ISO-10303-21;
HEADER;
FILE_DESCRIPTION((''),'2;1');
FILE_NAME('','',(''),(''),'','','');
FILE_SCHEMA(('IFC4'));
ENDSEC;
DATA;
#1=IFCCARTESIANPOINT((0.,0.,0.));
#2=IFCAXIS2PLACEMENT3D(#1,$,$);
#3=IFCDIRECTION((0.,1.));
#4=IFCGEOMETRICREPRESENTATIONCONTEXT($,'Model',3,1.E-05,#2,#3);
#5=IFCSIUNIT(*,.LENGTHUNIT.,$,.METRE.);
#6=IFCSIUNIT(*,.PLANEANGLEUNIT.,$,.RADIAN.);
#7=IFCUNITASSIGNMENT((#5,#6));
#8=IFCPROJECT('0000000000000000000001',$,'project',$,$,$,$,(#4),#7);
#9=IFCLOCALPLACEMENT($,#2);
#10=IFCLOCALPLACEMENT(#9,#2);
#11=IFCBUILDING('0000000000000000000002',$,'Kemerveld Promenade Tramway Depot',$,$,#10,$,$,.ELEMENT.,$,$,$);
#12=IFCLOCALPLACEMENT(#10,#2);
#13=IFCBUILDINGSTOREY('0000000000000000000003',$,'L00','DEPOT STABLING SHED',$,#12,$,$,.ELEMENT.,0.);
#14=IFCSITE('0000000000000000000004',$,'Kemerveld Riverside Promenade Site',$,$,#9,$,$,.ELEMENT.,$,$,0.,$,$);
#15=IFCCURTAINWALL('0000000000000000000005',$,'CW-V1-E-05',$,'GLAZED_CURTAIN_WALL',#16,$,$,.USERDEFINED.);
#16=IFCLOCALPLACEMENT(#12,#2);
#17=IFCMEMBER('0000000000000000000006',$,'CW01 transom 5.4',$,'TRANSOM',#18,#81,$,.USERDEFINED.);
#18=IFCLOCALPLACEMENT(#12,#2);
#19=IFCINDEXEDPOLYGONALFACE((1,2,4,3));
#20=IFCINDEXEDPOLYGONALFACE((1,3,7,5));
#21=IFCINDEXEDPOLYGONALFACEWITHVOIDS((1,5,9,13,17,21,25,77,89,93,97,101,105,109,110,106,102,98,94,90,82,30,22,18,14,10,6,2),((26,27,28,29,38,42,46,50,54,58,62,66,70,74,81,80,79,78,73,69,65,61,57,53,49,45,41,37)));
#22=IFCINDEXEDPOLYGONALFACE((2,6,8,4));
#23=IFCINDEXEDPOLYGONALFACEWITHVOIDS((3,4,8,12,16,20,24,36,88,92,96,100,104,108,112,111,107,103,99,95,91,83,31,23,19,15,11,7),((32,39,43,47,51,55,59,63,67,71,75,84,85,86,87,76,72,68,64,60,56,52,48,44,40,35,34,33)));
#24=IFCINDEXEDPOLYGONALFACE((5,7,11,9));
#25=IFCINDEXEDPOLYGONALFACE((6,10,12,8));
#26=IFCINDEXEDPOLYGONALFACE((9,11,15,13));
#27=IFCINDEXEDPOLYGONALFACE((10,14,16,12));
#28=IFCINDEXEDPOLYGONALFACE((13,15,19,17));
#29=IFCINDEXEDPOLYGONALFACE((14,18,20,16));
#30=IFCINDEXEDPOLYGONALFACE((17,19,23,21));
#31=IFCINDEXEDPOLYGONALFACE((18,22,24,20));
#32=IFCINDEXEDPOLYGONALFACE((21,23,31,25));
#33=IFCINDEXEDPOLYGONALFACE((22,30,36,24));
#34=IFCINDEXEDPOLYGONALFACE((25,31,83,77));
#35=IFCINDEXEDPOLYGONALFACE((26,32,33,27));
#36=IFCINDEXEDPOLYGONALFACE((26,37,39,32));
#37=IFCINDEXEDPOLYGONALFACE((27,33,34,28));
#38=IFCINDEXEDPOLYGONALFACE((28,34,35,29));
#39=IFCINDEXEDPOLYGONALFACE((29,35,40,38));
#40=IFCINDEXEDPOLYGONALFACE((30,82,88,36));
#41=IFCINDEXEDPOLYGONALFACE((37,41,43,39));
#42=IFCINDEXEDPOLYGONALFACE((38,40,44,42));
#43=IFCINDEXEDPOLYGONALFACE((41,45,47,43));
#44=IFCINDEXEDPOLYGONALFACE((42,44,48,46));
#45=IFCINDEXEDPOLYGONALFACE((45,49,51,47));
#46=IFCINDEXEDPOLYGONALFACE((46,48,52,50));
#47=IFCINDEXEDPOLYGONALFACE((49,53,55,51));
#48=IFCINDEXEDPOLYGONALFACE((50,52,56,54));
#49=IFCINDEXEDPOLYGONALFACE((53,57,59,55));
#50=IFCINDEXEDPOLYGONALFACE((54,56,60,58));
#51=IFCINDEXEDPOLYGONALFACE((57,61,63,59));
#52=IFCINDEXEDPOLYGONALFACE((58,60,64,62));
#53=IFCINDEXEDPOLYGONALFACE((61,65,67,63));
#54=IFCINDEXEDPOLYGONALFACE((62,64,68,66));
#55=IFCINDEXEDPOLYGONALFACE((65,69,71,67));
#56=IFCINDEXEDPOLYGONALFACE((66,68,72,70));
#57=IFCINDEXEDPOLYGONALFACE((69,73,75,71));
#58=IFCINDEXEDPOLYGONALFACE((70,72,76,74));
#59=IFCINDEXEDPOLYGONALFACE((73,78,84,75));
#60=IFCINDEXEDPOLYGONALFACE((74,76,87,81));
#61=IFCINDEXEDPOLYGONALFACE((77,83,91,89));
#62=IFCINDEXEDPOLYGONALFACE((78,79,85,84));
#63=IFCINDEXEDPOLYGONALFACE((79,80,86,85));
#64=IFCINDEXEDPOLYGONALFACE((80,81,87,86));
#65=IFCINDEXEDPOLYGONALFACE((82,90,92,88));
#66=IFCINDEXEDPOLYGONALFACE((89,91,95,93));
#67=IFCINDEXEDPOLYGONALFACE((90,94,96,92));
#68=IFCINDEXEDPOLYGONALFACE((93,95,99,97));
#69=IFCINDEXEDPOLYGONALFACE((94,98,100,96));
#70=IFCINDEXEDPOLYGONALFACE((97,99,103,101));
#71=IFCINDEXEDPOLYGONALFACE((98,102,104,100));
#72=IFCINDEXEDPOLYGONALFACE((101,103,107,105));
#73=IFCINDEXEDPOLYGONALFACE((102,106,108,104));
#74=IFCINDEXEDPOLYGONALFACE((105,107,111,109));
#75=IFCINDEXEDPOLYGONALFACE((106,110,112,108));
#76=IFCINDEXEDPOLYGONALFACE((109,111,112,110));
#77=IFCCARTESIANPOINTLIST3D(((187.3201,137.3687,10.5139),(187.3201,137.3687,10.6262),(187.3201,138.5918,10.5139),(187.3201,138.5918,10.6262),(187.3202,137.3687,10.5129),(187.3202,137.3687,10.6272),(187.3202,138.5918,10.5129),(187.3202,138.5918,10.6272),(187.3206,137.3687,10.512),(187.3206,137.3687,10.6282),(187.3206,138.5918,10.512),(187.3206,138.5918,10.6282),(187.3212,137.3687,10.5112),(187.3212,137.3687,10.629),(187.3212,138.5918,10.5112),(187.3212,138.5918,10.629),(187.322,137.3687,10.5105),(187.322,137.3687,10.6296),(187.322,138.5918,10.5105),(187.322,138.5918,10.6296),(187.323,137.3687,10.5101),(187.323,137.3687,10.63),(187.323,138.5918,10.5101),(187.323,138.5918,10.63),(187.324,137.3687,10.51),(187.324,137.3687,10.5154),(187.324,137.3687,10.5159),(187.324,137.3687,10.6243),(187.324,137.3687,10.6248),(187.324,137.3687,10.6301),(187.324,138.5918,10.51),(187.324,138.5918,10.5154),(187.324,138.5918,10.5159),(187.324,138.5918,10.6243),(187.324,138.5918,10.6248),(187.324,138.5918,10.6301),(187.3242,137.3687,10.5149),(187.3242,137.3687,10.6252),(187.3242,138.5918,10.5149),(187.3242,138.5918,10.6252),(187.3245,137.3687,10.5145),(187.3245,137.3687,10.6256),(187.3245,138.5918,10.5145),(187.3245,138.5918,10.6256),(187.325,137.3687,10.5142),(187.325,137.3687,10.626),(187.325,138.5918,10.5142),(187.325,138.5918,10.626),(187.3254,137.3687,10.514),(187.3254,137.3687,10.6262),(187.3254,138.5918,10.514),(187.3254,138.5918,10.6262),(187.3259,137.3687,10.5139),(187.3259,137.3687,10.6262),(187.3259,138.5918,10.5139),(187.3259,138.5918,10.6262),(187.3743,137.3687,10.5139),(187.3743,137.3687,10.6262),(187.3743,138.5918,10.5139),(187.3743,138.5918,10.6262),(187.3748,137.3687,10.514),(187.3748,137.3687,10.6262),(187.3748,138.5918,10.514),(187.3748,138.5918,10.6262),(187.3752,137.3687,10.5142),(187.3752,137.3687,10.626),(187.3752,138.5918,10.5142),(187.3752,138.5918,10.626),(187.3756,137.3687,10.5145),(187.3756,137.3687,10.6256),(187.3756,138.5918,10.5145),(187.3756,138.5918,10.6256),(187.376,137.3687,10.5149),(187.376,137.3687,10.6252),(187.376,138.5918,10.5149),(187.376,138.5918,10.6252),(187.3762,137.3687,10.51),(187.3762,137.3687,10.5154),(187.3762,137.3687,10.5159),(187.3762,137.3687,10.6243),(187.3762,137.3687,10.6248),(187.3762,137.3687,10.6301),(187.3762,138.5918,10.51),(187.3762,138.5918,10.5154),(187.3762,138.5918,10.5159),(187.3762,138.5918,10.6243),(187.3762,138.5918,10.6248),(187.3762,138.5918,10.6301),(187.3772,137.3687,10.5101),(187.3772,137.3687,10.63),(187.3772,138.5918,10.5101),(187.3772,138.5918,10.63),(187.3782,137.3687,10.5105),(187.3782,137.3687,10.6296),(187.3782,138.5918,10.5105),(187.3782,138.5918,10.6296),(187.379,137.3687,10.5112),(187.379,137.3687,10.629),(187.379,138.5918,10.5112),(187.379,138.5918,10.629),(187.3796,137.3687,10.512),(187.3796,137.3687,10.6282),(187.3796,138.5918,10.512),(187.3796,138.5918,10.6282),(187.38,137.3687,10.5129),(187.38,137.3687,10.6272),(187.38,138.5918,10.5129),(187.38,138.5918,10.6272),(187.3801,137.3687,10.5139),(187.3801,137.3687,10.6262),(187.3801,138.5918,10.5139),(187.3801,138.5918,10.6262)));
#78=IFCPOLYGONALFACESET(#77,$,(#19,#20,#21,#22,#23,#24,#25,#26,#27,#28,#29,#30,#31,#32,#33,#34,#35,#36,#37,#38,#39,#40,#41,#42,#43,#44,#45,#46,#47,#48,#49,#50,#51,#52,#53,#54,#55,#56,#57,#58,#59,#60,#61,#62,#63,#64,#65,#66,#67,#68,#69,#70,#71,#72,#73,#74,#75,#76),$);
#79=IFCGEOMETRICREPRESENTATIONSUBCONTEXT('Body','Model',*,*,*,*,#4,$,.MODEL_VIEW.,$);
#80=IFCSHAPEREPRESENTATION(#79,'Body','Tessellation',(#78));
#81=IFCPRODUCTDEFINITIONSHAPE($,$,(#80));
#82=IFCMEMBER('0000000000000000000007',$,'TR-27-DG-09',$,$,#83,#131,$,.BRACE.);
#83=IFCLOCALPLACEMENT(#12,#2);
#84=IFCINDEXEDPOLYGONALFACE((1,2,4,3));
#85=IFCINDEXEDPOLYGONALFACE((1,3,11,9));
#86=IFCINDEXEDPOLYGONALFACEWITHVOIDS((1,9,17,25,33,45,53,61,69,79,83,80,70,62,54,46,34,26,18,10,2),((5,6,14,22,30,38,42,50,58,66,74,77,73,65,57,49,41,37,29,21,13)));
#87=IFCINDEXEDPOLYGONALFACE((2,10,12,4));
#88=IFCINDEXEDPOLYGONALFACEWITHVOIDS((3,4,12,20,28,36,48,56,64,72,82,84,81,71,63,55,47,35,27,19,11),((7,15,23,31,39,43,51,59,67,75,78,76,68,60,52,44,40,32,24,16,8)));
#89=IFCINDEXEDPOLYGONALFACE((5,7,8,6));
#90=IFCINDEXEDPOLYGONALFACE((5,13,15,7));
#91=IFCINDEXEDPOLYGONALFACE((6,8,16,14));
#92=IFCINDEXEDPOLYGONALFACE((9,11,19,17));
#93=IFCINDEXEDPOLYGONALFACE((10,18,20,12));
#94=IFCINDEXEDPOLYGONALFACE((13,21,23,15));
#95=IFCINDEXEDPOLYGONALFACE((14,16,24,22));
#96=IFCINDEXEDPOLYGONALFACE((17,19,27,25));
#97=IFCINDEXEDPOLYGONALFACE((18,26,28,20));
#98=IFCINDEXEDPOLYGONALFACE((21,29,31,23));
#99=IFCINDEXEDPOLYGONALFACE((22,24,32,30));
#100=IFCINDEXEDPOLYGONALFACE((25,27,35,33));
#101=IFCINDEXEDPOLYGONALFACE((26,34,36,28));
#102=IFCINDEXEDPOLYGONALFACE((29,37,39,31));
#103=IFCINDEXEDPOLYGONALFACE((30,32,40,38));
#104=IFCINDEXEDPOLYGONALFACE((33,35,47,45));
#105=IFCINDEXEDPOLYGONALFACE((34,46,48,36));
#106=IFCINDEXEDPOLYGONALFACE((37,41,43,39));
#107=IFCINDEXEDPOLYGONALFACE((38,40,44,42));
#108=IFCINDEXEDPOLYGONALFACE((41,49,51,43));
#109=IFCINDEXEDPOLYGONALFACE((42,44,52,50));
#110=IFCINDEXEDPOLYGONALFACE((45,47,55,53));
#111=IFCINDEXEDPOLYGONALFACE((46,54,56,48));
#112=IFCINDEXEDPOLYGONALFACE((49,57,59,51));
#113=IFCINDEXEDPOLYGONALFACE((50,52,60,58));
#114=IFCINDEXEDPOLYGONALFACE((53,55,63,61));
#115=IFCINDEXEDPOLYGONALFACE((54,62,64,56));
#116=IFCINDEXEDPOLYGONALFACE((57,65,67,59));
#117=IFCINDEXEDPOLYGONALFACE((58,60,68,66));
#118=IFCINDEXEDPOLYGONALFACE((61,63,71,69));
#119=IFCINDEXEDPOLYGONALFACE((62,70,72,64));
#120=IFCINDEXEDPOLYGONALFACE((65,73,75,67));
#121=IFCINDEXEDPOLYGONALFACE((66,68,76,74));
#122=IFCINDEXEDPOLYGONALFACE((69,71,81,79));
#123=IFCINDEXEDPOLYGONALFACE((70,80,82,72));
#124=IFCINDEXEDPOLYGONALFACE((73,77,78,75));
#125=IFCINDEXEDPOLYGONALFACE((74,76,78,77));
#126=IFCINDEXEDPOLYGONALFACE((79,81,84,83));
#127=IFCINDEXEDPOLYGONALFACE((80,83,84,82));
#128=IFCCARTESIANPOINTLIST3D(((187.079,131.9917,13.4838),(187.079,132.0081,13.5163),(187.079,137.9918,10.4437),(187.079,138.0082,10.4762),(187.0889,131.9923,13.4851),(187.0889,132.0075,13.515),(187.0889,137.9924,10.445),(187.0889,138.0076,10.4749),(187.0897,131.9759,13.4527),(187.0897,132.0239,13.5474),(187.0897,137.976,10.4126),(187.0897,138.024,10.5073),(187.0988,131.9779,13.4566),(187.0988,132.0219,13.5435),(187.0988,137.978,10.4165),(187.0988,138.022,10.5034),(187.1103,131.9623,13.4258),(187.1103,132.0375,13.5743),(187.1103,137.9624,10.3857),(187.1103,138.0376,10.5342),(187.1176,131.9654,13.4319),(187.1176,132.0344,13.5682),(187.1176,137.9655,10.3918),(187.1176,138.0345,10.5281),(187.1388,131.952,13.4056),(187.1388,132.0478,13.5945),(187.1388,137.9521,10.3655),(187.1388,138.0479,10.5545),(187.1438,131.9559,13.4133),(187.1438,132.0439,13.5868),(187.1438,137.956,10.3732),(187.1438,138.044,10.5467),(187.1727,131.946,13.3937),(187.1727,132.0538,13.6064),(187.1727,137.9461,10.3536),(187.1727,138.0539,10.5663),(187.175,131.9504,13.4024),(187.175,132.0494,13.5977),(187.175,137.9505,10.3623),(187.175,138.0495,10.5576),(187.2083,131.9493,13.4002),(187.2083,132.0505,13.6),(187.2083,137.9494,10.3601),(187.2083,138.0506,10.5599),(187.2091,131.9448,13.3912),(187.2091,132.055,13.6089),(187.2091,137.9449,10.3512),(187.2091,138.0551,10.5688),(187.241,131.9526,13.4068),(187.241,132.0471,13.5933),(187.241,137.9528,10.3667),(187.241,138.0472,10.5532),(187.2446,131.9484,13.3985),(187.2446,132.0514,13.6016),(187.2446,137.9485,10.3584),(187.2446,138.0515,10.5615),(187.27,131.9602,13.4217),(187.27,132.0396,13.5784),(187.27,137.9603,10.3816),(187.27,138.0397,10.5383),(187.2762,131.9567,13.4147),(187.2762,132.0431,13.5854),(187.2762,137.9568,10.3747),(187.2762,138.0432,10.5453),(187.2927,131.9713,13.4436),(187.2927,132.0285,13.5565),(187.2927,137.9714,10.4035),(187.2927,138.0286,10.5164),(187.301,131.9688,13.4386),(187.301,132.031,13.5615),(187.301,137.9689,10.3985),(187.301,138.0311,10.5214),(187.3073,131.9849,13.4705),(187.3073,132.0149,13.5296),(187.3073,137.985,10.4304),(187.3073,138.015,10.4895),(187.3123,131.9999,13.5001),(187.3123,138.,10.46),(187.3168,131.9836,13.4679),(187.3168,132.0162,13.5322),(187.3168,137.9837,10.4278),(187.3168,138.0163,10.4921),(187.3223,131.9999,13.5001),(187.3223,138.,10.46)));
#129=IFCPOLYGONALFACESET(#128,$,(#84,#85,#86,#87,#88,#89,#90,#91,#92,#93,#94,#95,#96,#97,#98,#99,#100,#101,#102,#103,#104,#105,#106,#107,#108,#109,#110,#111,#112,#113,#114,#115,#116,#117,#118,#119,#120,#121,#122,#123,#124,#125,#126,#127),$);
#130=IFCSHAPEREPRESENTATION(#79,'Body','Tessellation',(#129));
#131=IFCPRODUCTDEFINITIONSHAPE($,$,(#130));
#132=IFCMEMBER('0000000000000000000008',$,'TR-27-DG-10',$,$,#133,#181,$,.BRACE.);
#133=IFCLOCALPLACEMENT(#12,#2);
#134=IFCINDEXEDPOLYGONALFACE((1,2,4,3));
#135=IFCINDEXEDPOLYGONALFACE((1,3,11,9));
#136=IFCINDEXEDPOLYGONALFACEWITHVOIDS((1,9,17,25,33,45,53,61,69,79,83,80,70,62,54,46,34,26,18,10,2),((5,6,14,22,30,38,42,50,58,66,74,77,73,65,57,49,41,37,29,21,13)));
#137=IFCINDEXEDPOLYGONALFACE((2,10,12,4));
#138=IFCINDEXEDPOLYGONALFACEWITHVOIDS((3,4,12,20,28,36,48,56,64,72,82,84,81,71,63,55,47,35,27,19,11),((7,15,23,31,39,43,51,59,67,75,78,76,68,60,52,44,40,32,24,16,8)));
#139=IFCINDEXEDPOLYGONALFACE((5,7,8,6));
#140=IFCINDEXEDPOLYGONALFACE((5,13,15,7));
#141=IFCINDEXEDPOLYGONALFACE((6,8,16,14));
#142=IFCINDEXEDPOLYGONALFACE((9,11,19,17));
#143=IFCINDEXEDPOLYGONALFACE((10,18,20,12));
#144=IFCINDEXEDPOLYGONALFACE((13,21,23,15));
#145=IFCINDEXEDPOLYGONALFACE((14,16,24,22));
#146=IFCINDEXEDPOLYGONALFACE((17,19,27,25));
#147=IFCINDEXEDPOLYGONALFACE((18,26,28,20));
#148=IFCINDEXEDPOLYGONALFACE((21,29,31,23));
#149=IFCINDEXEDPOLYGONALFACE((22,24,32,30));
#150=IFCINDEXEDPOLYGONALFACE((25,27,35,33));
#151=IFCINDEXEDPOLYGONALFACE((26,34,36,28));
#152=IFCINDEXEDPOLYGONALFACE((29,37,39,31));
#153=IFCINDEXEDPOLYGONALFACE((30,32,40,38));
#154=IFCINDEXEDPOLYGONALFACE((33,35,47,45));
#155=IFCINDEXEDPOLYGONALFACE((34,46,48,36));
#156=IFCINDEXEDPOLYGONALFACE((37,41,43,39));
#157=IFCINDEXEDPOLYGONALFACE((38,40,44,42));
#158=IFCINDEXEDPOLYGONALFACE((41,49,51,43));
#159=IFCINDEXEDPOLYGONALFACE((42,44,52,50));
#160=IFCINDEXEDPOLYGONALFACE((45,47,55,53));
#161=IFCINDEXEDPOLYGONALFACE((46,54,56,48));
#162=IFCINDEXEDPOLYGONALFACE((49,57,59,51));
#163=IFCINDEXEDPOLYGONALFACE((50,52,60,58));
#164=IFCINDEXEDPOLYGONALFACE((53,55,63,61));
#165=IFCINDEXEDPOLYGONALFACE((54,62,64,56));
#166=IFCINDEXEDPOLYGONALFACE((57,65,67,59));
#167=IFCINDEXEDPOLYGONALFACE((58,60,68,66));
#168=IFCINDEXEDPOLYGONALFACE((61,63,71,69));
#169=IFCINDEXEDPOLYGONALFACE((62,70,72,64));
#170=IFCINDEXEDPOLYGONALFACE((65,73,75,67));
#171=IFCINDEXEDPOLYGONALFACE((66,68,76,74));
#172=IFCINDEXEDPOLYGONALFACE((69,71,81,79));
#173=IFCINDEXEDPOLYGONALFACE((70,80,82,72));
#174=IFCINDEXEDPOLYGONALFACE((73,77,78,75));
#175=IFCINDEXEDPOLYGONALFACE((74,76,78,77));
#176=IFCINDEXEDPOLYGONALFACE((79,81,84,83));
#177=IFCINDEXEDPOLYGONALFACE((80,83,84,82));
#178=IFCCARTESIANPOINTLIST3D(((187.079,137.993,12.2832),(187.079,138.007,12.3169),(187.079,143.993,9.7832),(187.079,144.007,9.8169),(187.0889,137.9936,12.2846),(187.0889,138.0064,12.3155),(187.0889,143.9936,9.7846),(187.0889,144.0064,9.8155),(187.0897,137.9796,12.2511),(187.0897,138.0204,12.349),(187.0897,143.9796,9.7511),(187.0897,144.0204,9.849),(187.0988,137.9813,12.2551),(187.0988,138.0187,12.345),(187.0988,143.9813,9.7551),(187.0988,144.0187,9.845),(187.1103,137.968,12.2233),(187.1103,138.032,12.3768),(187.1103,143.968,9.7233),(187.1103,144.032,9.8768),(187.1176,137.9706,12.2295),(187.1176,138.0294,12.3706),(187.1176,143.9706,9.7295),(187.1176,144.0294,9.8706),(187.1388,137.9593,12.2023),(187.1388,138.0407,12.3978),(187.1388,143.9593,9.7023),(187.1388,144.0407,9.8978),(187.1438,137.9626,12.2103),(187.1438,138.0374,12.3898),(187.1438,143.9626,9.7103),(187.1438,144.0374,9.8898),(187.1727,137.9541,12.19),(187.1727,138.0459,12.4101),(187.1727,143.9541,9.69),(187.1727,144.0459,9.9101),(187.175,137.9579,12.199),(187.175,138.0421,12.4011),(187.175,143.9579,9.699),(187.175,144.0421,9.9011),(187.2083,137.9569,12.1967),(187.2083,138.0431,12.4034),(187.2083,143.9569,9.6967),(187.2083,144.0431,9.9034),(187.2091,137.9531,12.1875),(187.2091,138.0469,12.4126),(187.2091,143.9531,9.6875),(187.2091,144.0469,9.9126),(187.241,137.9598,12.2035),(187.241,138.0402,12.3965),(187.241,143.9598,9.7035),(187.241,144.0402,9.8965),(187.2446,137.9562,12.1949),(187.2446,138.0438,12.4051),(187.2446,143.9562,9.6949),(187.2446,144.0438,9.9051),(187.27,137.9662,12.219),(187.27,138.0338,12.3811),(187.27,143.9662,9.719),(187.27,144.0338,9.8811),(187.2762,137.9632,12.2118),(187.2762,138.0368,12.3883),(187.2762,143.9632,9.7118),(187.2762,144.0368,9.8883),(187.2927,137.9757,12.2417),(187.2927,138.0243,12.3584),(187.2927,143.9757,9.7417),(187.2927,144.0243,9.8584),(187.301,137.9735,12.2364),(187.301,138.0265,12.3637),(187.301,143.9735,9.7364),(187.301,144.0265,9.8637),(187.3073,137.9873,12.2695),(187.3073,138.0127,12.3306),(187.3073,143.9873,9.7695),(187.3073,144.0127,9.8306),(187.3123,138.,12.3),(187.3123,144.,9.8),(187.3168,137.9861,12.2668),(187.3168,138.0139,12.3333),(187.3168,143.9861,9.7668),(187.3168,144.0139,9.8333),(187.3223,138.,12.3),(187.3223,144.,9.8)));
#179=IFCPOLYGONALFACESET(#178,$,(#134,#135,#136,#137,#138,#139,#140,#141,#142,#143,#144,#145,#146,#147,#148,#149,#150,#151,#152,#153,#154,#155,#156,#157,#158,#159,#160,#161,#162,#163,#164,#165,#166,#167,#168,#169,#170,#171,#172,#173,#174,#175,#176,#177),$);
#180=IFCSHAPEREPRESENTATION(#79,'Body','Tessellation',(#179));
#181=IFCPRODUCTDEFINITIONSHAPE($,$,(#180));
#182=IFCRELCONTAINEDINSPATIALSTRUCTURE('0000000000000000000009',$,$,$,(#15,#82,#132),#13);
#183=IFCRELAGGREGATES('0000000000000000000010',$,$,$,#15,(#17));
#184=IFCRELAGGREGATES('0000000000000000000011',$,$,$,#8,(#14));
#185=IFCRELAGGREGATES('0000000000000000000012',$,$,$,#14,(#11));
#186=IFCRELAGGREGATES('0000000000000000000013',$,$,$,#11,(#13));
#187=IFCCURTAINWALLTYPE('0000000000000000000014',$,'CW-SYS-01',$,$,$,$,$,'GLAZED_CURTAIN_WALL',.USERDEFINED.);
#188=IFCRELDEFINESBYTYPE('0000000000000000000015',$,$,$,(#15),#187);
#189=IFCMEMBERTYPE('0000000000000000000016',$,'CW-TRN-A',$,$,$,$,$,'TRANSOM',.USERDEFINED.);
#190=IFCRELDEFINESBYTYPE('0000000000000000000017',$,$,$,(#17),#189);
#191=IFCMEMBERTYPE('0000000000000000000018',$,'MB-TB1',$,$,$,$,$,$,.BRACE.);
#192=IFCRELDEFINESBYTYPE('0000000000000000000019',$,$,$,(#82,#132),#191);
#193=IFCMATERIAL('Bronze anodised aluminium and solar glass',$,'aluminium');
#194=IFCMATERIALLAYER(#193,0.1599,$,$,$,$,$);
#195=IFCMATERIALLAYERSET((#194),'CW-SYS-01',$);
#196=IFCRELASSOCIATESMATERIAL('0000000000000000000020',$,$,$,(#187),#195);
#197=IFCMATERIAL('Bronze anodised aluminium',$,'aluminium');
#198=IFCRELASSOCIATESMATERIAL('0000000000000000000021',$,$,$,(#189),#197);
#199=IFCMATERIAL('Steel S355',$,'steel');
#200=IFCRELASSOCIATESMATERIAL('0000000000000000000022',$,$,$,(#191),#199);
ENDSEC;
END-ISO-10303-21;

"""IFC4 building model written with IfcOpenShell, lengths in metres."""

from ifc_helpers import new_model, si_unit, direction, frame, origin, origin_2d, place, context, subcontext, project, spatial, hollow_rectangle, hollow_circle, extrude, material, layer, layer_set, material_profile, profile_set, type_object, element, aggregate, save


model = new_model("IFC4")

# Units and contexts
model_context = context("Model", 3, precision=1e-05, world=origin(), true_north=direction((0.0, 1.0)))
body_context = subcontext(model_context, "Body", "Model", "MODEL_VIEW")
ifc_project = project(units=[si_unit("LENGTHUNIT", "METRE"), si_unit("PLANEANGLEUNIT", "RADIAN")], contexts=[model_context])

# Site, building, storey
site_placement = place(None, origin())
site = spatial("IfcSite", under=ifc_project, at=site_placement, Name="Kemerveld Riverside Promenade Site", CompositionType="ELEMENT", RefElevation=0.0)
building_placement = place(site_placement, origin())
building = spatial("IfcBuilding", under=site, at=building_placement, Name="Kemerveld Promenade Tramway Depot", CompositionType="ELEMENT")
storey_placement = place(building_placement, origin())
storey = spatial("IfcBuildingStorey", under=building, at=storey_placement, Name="L00", Description="DEPOT STABLING SHED", CompositionType="ELEMENT", Elevation=0.0)

# Curtain wall, member
ifc_material_1 = material(Name="Bronze anodised aluminium and solar glass", Category="aluminium")
ifc_layer_1 = layer(ifc_material_1, 0.1599)
ifc_layer_set_1 = layer_set([ifc_layer_1], Name="CW-SYS-01")
curtain_wall_type_1 = type_object("IfcCurtainWallType", Name="CW-SYS-01", ElementType="GLAZED_CURTAIN_WALL", PredefinedType="USERDEFINED", material=ifc_layer_set_1)
curtain_wall_1_placement = place(storey_placement, origin())
curtain_wall_1 = element("IfcCurtainWall", 1, at=curtain_wall_1_placement, inside=storey, type_object=curtain_wall_type_1, Name="CW-V1-E-05", ObjectType="GLAZED_CURTAIN_WALL", PredefinedType="USERDEFINED")
ifc_material_2 = material(Name="Bronze anodised aluminium", Category="aluminium")
ifc_material_profile_1 = material_profile(ifc_material_2, hollow_rectangle(XDim=0.0601, YDim=0.1201, WallThickness=0.0039, InnerFilletRadius=0.002, OuterFilletRadius=0.0039, at=origin_2d()), Name="CW-TRN-120x60")
ifc_profile_set_1 = profile_set([ifc_material_profile_1], Name="Bronze anodised aluminium")
member_type_1 = type_object("IfcMemberType", Name="CW-TRN-A", ElementType="TRANSOM", PredefinedType="USERDEFINED", material=ifc_profile_set_1)
member_1_placement = place(storey_placement, frame((187.3501, 138.5918, 10.5701), z_axis=(0.0, -1.0, 0.0), x_axis=(1.0, 0.0, 0.0)))
member_1 = element("IfcMember", 2, at=member_1_placement, type_object=member_type_1, Name="CW01 transom 5.4", ObjectType="TRANSOM", PredefinedType="USERDEFINED", context=body_context, shape_type="SweptSolid", body=[
    extrude(hollow_rectangle(XDim=0.0601, YDim=0.1201, WallThickness=0.0039, InnerFilletRadius=0.002, OuterFilletRadius=0.0039, at=origin_2d()), origin(), (0.0, 0.0, 1.0), 1.2231),
])

# Members
ifc_material_3 = material(Name="Steel S355", Category="steel")
ifc_material_profile_2 = material_profile(ifc_material_3, hollow_circle(Radius=0.1223, WallThickness=0.01, at=origin_2d()), Name="244.5x10.0 CHS")
ifc_profile_set_2 = profile_set([ifc_material_profile_2], Name="Steel S355")
member_type_2 = type_object("IfcMemberType", Name="MB-TB1", PredefinedType="BRACE", material=ifc_profile_set_2)
member_2_placement = place(storey_placement, frame((187.2, 138.0, 10.46), z_axis=(0.0, -0.892033, 0.451969), x_axis=(1.0, 0.0, 0.0)))
element("IfcMember", 3, at=member_2_placement, inside=storey, type_object=member_type_2, Name="TR-27-DG-09", PredefinedType="BRACE", context=body_context, shape_type="SweptSolid", body=[
    extrude(hollow_circle(Radius=0.1223, WallThickness=0.01, at=origin_2d()), origin(), (0.0, 0.0, 1.0), 6.7263),
])
member_3_placement = place(storey_placement, frame((187.2, 144.0, 9.8), z_axis=(0.0, -0.923077, 0.384615), x_axis=(1.0, 0.0, 0.0)))
element("IfcMember", 4, at=member_3_placement, inside=storey, type_object=member_type_2, Name="TR-27-DG-10", PredefinedType="BRACE", context=body_context, shape_type="SweptSolid", body=[
    extrude(hollow_circle(Radius=0.1223, WallThickness=0.01, at=origin_2d()), origin(), (0.0, 0.0, 1.0), 6.5),
])

aggregate(curtain_wall_1, [member_1])

save(model, "model.ifc")
